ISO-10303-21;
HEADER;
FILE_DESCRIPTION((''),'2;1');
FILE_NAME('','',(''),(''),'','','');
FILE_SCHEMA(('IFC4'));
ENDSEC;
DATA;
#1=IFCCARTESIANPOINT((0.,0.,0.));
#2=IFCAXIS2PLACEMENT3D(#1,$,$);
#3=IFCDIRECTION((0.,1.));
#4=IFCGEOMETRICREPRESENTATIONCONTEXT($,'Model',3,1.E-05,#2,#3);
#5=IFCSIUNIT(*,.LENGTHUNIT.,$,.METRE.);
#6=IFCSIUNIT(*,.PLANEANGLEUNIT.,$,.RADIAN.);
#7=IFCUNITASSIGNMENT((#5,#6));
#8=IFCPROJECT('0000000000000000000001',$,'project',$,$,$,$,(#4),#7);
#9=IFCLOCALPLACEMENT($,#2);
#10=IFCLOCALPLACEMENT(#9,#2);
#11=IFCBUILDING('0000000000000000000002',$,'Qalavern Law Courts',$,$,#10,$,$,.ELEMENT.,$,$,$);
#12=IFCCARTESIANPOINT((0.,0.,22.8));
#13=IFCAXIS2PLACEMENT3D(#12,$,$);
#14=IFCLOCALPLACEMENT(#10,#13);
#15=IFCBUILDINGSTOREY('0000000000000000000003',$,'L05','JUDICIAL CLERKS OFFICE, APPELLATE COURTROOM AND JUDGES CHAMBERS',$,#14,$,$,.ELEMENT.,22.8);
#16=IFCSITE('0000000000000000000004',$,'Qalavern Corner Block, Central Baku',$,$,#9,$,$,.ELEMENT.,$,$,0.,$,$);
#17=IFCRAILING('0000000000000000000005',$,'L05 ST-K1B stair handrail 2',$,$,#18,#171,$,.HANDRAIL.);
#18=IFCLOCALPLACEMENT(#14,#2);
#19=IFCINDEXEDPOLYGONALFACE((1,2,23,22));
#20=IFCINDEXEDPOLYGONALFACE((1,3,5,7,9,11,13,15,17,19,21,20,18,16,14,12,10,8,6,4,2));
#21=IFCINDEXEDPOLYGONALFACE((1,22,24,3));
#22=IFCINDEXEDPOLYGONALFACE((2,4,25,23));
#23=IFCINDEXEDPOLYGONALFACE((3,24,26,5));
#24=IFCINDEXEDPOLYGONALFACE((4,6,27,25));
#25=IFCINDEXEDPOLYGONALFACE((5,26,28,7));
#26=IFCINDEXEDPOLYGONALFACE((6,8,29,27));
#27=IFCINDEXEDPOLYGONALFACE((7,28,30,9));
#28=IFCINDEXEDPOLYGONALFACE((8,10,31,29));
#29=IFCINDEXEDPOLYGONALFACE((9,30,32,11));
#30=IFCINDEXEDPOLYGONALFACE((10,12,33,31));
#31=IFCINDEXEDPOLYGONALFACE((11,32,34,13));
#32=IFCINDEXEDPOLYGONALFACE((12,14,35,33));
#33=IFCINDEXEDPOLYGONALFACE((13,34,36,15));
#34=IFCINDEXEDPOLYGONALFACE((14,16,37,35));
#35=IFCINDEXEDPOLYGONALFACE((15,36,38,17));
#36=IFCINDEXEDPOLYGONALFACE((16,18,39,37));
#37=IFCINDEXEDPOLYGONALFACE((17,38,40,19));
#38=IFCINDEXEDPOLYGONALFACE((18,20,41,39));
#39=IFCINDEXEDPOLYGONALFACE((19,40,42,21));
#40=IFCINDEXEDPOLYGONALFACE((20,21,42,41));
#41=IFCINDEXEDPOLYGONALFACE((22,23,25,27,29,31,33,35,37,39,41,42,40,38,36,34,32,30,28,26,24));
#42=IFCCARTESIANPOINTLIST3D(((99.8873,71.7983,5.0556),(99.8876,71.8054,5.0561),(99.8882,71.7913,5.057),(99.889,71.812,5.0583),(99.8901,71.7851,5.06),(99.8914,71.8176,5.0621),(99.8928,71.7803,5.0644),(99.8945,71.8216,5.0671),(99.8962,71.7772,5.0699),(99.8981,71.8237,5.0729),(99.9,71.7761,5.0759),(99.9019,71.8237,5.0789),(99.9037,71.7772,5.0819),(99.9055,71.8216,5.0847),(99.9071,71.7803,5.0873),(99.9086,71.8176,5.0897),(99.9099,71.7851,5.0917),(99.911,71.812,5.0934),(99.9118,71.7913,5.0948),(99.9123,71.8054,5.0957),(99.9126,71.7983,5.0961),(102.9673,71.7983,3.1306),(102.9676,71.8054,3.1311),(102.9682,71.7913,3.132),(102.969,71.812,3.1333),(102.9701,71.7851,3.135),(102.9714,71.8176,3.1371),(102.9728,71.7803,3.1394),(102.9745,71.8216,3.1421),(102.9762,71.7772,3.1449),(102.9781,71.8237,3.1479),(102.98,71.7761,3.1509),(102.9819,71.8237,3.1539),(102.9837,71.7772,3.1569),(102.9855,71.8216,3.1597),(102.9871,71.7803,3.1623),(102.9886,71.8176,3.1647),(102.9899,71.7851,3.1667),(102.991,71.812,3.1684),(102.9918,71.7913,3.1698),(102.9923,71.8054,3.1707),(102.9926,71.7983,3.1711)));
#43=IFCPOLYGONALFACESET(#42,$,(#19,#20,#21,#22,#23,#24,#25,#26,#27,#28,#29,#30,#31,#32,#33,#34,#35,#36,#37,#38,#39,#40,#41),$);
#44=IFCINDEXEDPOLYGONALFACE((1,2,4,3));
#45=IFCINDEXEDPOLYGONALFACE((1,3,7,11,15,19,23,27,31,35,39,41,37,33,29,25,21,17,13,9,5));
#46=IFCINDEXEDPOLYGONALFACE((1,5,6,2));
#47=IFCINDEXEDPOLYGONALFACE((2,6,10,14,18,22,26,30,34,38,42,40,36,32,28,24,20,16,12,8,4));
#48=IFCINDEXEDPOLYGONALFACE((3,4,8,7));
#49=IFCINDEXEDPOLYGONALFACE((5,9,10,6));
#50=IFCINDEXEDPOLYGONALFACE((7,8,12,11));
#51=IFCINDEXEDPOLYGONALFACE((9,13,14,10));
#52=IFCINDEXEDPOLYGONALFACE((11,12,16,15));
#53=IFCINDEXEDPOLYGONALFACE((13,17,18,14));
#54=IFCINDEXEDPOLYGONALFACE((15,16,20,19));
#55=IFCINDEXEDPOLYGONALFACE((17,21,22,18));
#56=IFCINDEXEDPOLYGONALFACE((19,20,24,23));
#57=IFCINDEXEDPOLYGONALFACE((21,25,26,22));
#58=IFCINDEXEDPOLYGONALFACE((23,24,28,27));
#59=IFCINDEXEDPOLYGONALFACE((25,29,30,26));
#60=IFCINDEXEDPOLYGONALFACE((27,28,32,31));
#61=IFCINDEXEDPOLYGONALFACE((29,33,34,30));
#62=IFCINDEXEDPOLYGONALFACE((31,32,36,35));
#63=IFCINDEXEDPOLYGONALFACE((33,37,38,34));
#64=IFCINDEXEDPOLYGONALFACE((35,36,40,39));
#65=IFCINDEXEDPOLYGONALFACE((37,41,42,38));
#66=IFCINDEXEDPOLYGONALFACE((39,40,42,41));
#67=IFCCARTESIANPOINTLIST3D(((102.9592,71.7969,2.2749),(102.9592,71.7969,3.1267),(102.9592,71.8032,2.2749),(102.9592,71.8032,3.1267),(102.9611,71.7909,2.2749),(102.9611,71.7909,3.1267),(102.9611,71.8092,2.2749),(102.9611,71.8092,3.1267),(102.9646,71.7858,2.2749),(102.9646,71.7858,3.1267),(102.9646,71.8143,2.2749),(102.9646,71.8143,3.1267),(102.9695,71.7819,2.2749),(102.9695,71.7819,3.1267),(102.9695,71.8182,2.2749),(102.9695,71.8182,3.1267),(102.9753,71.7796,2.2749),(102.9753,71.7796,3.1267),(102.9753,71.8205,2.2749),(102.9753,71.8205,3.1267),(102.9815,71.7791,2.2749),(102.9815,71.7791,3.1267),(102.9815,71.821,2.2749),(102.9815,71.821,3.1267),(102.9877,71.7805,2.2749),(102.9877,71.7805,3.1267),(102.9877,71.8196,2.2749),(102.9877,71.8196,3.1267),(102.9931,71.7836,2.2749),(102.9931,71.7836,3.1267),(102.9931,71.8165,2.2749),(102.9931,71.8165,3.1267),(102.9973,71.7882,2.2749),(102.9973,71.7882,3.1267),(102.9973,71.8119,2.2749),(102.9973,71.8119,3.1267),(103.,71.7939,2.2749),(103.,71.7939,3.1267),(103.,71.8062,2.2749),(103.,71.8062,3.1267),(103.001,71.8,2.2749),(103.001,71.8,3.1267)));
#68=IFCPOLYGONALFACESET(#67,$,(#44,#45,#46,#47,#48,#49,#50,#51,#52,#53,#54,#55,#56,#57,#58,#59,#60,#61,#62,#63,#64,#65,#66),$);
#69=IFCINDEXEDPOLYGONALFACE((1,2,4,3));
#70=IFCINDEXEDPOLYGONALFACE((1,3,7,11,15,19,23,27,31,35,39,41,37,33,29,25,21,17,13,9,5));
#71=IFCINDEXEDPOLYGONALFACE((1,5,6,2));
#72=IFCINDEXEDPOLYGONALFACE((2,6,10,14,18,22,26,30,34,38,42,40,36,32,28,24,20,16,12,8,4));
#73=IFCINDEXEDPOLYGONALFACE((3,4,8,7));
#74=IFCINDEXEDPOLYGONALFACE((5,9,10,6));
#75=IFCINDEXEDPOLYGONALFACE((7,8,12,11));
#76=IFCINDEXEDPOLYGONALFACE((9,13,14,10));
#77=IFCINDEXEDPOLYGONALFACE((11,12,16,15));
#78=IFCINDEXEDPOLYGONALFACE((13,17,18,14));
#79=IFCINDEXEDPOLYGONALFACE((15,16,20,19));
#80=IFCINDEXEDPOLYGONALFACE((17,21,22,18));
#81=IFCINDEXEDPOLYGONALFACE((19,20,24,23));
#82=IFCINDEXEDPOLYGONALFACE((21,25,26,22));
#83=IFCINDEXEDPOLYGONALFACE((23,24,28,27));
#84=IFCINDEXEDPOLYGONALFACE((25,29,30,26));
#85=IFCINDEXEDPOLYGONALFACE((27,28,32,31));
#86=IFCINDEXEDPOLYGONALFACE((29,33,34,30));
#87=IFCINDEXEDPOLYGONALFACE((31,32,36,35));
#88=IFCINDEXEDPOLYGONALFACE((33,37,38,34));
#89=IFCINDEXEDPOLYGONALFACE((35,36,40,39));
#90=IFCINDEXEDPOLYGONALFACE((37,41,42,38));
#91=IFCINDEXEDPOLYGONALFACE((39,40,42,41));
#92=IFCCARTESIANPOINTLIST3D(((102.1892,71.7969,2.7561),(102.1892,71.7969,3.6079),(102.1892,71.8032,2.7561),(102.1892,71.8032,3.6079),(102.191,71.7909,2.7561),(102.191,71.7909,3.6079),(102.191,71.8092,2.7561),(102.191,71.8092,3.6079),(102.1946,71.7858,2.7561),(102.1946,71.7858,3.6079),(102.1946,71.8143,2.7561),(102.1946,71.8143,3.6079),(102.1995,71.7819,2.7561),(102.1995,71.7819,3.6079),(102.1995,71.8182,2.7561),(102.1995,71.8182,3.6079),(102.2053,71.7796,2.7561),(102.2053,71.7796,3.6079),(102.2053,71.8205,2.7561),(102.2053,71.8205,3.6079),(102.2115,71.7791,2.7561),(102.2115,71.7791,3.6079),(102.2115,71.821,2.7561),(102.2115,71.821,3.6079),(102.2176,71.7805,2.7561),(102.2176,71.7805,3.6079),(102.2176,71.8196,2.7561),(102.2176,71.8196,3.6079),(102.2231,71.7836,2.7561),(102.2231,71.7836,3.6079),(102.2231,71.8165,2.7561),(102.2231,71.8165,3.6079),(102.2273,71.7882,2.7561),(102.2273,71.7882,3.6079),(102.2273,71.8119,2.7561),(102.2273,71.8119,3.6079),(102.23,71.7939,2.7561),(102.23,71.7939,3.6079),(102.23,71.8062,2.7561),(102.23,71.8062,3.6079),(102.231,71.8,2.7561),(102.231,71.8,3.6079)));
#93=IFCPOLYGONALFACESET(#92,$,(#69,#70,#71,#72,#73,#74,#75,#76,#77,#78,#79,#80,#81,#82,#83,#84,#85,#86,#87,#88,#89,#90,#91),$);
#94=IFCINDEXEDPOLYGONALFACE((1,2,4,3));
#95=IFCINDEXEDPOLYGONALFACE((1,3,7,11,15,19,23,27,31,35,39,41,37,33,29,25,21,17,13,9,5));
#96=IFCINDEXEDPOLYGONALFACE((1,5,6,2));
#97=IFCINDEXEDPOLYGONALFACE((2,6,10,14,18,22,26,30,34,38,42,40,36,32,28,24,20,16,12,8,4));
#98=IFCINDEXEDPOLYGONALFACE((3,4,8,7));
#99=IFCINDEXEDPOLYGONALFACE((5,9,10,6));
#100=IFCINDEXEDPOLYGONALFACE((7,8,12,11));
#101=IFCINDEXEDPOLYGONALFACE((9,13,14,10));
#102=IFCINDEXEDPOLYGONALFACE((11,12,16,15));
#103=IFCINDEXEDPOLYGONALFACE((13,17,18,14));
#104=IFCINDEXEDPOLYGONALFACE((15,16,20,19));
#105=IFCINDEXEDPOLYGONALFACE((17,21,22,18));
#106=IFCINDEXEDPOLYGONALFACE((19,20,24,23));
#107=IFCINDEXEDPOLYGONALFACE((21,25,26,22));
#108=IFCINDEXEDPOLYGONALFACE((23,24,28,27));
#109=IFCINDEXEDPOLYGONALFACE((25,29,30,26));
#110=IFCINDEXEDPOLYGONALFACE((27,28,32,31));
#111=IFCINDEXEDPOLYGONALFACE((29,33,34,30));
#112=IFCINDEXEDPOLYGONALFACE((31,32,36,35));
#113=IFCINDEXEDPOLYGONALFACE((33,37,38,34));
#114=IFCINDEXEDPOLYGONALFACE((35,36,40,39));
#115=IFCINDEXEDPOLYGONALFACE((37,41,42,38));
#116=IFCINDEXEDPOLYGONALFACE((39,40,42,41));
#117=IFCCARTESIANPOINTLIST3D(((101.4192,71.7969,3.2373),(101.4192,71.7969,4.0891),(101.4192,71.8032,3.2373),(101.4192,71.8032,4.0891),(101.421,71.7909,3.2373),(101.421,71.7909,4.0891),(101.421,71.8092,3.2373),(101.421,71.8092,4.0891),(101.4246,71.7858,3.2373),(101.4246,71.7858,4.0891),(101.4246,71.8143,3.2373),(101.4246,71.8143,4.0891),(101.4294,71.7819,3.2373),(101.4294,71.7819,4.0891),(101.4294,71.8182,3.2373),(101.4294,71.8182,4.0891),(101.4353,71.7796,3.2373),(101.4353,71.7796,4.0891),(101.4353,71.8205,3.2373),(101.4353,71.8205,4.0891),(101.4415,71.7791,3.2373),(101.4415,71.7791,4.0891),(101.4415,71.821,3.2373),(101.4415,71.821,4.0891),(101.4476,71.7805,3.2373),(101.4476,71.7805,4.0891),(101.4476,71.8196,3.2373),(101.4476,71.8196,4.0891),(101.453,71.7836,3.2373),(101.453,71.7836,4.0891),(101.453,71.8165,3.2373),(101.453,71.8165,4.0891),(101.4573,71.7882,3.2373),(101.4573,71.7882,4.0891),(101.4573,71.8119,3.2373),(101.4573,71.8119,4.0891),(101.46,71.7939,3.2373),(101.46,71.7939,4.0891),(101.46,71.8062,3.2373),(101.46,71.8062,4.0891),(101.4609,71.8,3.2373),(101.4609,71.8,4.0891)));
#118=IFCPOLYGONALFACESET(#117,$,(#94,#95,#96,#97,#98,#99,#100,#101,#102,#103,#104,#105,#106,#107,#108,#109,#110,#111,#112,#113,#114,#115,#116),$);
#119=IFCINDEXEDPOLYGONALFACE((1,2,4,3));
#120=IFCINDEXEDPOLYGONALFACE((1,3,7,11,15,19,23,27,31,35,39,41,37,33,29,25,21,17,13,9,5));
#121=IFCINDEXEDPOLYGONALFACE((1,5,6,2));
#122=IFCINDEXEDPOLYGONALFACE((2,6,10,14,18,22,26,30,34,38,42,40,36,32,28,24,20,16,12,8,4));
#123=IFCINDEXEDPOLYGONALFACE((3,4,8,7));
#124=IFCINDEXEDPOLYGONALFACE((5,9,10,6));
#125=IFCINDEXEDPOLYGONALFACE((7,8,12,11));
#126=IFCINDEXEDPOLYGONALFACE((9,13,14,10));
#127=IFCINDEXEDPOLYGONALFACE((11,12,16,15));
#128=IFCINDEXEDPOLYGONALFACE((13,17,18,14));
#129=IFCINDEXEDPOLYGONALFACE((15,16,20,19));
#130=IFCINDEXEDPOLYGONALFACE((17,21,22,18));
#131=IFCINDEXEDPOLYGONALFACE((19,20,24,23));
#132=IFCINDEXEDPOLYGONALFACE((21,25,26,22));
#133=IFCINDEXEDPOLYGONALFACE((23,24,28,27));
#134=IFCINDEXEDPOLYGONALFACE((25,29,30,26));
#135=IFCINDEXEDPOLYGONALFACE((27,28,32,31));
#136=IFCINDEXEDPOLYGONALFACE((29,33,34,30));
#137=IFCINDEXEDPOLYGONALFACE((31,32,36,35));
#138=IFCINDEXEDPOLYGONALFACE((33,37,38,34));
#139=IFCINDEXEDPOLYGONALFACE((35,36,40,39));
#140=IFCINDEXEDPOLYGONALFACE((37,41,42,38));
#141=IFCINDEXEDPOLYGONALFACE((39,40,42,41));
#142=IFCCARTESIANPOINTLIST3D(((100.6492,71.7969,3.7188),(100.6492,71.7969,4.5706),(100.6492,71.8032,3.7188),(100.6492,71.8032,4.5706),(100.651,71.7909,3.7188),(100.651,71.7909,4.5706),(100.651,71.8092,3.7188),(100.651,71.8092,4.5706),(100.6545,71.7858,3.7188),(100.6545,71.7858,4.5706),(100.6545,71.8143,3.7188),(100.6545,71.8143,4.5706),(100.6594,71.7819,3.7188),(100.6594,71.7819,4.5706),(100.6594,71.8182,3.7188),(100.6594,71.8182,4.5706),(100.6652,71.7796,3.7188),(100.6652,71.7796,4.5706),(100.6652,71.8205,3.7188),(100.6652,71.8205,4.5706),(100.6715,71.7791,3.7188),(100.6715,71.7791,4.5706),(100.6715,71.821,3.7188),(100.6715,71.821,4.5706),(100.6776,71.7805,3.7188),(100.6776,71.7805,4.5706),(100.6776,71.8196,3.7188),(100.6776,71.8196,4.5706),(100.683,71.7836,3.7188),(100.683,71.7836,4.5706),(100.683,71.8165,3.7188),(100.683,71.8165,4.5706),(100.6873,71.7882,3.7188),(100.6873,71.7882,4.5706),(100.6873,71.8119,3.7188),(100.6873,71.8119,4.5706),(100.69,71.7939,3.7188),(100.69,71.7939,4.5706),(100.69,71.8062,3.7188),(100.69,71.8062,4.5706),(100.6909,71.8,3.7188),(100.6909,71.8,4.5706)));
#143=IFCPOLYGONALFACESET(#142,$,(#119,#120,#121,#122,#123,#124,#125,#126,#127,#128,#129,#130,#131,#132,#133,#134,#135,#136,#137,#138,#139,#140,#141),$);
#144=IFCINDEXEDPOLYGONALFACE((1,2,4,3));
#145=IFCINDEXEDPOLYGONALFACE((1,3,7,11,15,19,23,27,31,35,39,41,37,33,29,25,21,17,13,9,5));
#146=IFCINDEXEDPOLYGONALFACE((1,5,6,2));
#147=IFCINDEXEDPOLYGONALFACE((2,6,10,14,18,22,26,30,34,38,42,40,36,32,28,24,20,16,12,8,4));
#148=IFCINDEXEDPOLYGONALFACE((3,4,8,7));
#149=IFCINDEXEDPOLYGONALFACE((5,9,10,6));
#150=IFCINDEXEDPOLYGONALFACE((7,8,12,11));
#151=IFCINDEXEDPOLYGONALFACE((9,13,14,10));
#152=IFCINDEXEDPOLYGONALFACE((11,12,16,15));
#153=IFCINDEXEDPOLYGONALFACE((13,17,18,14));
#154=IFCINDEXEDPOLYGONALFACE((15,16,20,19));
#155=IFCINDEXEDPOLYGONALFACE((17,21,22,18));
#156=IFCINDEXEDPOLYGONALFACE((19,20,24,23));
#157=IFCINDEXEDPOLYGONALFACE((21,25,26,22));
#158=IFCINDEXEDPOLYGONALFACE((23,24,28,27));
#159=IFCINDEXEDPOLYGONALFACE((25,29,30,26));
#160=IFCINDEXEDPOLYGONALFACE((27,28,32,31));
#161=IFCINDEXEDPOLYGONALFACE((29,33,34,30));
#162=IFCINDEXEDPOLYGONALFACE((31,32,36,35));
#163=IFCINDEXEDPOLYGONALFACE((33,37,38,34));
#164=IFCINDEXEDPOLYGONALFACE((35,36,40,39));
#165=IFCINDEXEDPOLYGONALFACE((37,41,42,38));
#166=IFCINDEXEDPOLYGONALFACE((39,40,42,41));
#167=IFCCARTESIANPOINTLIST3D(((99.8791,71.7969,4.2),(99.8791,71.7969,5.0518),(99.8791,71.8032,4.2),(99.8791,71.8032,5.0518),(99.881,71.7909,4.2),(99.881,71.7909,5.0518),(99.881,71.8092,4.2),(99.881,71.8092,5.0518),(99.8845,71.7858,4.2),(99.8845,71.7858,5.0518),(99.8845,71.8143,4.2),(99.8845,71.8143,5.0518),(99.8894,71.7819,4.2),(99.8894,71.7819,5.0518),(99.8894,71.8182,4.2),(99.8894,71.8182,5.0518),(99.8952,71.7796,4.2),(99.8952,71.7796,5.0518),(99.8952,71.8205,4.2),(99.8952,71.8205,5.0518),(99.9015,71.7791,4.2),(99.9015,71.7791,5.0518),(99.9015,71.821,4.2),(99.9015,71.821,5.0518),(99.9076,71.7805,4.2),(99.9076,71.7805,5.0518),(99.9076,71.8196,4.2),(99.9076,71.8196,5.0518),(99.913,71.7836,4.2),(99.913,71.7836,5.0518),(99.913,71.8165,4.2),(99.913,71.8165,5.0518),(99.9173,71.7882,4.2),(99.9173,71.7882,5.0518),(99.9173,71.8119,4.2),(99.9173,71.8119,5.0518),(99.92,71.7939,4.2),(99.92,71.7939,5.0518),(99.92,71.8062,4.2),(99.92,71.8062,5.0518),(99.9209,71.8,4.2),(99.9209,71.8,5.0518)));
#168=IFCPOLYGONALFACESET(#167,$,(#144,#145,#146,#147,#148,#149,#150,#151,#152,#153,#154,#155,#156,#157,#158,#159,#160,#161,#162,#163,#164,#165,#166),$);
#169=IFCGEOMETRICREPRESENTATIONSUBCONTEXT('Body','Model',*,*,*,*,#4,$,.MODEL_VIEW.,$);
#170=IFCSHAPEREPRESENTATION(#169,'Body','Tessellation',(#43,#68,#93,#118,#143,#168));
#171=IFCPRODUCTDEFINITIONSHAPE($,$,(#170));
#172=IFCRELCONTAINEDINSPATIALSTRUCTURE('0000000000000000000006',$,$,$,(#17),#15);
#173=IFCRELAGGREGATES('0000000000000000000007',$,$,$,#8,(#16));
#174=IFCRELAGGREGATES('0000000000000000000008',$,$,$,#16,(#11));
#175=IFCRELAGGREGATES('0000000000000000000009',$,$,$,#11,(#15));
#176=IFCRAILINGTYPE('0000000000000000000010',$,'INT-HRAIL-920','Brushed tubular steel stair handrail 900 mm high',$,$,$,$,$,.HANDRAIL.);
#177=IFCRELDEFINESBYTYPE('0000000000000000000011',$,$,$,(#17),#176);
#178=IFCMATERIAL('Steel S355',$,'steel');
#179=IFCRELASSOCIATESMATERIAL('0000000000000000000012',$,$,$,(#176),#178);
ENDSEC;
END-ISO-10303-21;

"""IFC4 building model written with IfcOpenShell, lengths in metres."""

from ifc_helpers import new_model, si_unit, direction, frame, origin, origin_2d, place, context, subcontext, project, spatial, circle, extrude, material, type_object, element, save


model = new_model("IFC4")

# Units and contexts
model_context = context("Model", 3, precision=1e-05, world=origin(), true_north=direction((0.0, 1.0)))
body_context = subcontext(model_context, "Body", "Model", "MODEL_VIEW")
ifc_project = project(units=[si_unit("LENGTHUNIT", "METRE"), si_unit("PLANEANGLEUNIT", "RADIAN")], contexts=[model_context])

# Site, building, storey
site_placement = place(None, origin())
site = spatial("IfcSite", under=ifc_project, at=site_placement, Name="Qalavern Corner Block, Central Baku", CompositionType="ELEMENT", RefElevation=0.0)
building_placement = place(site_placement, origin())
building = spatial("IfcBuilding", under=site, at=building_placement, Name="Qalavern Law Courts", CompositionType="ELEMENT")
storey_placement = place(building_placement, frame((0.0, 0.0, 22.8)))
storey = spatial("IfcBuildingStorey", under=building, at=storey_placement, Name="L05", Description="JUDICIAL CLERKS OFFICE, APPELLATE COURTROOM AND JUDGES CHAMBERS", CompositionType="ELEMENT", Elevation=22.8)

# Shared definitions
ifc_material_1 = material(Name="Steel S355", Category="steel")

# Railing
railing_type_1 = type_object("IfcRailingType", Name="INT-HRAIL-920", Description="Brushed tubular steel stair handrail 900 mm high", PredefinedType="HANDRAIL", material=ifc_material_1)
railing_1_placement = place(storey_placement, frame((102.98, 71.8, 2.2749)))
element("IfcRailing", 1, at=railing_1_placement, inside=storey, type_object=railing_type_1, Name="L05 ST-K1B stair handrail 2", PredefinedType="HANDRAIL", context=body_context, shape_type="SweptSolid", body=[
    extrude(circle(Radius=0.0239, at=origin_2d()), frame((0.0, 0.0, 0.876), z_axis=(-0.847998, 0.0, 0.529999), x_axis=(0.0, -1.0, 0.0)), (0.0, 0.0, 1.0), 3.6321),
    extrude(circle(Radius=0.021, at=origin_2d()), origin(), (0.0, 0.0, 1.0), 0.8518),
    extrude(circle(Radius=0.021, at=origin_2d()), frame((-0.77, 0.0, 0.4812)), (0.0, 0.0, 1.0), 0.8518),
    extrude(circle(Radius=0.021, at=origin_2d()), frame((-1.54, 0.0, 0.9624)), (0.0, 0.0, 1.0), 0.8518),
    extrude(circle(Radius=0.021, at=origin_2d()), frame((-2.3101, 0.0, 1.4438)), (0.0, 0.0, 1.0), 0.8518),
    extrude(circle(Radius=0.021, at=origin_2d()), frame((-3.0801, 0.0, 1.925)), (0.0, 0.0, 1.0), 0.8518),
])

save(model, "model.ifc")
